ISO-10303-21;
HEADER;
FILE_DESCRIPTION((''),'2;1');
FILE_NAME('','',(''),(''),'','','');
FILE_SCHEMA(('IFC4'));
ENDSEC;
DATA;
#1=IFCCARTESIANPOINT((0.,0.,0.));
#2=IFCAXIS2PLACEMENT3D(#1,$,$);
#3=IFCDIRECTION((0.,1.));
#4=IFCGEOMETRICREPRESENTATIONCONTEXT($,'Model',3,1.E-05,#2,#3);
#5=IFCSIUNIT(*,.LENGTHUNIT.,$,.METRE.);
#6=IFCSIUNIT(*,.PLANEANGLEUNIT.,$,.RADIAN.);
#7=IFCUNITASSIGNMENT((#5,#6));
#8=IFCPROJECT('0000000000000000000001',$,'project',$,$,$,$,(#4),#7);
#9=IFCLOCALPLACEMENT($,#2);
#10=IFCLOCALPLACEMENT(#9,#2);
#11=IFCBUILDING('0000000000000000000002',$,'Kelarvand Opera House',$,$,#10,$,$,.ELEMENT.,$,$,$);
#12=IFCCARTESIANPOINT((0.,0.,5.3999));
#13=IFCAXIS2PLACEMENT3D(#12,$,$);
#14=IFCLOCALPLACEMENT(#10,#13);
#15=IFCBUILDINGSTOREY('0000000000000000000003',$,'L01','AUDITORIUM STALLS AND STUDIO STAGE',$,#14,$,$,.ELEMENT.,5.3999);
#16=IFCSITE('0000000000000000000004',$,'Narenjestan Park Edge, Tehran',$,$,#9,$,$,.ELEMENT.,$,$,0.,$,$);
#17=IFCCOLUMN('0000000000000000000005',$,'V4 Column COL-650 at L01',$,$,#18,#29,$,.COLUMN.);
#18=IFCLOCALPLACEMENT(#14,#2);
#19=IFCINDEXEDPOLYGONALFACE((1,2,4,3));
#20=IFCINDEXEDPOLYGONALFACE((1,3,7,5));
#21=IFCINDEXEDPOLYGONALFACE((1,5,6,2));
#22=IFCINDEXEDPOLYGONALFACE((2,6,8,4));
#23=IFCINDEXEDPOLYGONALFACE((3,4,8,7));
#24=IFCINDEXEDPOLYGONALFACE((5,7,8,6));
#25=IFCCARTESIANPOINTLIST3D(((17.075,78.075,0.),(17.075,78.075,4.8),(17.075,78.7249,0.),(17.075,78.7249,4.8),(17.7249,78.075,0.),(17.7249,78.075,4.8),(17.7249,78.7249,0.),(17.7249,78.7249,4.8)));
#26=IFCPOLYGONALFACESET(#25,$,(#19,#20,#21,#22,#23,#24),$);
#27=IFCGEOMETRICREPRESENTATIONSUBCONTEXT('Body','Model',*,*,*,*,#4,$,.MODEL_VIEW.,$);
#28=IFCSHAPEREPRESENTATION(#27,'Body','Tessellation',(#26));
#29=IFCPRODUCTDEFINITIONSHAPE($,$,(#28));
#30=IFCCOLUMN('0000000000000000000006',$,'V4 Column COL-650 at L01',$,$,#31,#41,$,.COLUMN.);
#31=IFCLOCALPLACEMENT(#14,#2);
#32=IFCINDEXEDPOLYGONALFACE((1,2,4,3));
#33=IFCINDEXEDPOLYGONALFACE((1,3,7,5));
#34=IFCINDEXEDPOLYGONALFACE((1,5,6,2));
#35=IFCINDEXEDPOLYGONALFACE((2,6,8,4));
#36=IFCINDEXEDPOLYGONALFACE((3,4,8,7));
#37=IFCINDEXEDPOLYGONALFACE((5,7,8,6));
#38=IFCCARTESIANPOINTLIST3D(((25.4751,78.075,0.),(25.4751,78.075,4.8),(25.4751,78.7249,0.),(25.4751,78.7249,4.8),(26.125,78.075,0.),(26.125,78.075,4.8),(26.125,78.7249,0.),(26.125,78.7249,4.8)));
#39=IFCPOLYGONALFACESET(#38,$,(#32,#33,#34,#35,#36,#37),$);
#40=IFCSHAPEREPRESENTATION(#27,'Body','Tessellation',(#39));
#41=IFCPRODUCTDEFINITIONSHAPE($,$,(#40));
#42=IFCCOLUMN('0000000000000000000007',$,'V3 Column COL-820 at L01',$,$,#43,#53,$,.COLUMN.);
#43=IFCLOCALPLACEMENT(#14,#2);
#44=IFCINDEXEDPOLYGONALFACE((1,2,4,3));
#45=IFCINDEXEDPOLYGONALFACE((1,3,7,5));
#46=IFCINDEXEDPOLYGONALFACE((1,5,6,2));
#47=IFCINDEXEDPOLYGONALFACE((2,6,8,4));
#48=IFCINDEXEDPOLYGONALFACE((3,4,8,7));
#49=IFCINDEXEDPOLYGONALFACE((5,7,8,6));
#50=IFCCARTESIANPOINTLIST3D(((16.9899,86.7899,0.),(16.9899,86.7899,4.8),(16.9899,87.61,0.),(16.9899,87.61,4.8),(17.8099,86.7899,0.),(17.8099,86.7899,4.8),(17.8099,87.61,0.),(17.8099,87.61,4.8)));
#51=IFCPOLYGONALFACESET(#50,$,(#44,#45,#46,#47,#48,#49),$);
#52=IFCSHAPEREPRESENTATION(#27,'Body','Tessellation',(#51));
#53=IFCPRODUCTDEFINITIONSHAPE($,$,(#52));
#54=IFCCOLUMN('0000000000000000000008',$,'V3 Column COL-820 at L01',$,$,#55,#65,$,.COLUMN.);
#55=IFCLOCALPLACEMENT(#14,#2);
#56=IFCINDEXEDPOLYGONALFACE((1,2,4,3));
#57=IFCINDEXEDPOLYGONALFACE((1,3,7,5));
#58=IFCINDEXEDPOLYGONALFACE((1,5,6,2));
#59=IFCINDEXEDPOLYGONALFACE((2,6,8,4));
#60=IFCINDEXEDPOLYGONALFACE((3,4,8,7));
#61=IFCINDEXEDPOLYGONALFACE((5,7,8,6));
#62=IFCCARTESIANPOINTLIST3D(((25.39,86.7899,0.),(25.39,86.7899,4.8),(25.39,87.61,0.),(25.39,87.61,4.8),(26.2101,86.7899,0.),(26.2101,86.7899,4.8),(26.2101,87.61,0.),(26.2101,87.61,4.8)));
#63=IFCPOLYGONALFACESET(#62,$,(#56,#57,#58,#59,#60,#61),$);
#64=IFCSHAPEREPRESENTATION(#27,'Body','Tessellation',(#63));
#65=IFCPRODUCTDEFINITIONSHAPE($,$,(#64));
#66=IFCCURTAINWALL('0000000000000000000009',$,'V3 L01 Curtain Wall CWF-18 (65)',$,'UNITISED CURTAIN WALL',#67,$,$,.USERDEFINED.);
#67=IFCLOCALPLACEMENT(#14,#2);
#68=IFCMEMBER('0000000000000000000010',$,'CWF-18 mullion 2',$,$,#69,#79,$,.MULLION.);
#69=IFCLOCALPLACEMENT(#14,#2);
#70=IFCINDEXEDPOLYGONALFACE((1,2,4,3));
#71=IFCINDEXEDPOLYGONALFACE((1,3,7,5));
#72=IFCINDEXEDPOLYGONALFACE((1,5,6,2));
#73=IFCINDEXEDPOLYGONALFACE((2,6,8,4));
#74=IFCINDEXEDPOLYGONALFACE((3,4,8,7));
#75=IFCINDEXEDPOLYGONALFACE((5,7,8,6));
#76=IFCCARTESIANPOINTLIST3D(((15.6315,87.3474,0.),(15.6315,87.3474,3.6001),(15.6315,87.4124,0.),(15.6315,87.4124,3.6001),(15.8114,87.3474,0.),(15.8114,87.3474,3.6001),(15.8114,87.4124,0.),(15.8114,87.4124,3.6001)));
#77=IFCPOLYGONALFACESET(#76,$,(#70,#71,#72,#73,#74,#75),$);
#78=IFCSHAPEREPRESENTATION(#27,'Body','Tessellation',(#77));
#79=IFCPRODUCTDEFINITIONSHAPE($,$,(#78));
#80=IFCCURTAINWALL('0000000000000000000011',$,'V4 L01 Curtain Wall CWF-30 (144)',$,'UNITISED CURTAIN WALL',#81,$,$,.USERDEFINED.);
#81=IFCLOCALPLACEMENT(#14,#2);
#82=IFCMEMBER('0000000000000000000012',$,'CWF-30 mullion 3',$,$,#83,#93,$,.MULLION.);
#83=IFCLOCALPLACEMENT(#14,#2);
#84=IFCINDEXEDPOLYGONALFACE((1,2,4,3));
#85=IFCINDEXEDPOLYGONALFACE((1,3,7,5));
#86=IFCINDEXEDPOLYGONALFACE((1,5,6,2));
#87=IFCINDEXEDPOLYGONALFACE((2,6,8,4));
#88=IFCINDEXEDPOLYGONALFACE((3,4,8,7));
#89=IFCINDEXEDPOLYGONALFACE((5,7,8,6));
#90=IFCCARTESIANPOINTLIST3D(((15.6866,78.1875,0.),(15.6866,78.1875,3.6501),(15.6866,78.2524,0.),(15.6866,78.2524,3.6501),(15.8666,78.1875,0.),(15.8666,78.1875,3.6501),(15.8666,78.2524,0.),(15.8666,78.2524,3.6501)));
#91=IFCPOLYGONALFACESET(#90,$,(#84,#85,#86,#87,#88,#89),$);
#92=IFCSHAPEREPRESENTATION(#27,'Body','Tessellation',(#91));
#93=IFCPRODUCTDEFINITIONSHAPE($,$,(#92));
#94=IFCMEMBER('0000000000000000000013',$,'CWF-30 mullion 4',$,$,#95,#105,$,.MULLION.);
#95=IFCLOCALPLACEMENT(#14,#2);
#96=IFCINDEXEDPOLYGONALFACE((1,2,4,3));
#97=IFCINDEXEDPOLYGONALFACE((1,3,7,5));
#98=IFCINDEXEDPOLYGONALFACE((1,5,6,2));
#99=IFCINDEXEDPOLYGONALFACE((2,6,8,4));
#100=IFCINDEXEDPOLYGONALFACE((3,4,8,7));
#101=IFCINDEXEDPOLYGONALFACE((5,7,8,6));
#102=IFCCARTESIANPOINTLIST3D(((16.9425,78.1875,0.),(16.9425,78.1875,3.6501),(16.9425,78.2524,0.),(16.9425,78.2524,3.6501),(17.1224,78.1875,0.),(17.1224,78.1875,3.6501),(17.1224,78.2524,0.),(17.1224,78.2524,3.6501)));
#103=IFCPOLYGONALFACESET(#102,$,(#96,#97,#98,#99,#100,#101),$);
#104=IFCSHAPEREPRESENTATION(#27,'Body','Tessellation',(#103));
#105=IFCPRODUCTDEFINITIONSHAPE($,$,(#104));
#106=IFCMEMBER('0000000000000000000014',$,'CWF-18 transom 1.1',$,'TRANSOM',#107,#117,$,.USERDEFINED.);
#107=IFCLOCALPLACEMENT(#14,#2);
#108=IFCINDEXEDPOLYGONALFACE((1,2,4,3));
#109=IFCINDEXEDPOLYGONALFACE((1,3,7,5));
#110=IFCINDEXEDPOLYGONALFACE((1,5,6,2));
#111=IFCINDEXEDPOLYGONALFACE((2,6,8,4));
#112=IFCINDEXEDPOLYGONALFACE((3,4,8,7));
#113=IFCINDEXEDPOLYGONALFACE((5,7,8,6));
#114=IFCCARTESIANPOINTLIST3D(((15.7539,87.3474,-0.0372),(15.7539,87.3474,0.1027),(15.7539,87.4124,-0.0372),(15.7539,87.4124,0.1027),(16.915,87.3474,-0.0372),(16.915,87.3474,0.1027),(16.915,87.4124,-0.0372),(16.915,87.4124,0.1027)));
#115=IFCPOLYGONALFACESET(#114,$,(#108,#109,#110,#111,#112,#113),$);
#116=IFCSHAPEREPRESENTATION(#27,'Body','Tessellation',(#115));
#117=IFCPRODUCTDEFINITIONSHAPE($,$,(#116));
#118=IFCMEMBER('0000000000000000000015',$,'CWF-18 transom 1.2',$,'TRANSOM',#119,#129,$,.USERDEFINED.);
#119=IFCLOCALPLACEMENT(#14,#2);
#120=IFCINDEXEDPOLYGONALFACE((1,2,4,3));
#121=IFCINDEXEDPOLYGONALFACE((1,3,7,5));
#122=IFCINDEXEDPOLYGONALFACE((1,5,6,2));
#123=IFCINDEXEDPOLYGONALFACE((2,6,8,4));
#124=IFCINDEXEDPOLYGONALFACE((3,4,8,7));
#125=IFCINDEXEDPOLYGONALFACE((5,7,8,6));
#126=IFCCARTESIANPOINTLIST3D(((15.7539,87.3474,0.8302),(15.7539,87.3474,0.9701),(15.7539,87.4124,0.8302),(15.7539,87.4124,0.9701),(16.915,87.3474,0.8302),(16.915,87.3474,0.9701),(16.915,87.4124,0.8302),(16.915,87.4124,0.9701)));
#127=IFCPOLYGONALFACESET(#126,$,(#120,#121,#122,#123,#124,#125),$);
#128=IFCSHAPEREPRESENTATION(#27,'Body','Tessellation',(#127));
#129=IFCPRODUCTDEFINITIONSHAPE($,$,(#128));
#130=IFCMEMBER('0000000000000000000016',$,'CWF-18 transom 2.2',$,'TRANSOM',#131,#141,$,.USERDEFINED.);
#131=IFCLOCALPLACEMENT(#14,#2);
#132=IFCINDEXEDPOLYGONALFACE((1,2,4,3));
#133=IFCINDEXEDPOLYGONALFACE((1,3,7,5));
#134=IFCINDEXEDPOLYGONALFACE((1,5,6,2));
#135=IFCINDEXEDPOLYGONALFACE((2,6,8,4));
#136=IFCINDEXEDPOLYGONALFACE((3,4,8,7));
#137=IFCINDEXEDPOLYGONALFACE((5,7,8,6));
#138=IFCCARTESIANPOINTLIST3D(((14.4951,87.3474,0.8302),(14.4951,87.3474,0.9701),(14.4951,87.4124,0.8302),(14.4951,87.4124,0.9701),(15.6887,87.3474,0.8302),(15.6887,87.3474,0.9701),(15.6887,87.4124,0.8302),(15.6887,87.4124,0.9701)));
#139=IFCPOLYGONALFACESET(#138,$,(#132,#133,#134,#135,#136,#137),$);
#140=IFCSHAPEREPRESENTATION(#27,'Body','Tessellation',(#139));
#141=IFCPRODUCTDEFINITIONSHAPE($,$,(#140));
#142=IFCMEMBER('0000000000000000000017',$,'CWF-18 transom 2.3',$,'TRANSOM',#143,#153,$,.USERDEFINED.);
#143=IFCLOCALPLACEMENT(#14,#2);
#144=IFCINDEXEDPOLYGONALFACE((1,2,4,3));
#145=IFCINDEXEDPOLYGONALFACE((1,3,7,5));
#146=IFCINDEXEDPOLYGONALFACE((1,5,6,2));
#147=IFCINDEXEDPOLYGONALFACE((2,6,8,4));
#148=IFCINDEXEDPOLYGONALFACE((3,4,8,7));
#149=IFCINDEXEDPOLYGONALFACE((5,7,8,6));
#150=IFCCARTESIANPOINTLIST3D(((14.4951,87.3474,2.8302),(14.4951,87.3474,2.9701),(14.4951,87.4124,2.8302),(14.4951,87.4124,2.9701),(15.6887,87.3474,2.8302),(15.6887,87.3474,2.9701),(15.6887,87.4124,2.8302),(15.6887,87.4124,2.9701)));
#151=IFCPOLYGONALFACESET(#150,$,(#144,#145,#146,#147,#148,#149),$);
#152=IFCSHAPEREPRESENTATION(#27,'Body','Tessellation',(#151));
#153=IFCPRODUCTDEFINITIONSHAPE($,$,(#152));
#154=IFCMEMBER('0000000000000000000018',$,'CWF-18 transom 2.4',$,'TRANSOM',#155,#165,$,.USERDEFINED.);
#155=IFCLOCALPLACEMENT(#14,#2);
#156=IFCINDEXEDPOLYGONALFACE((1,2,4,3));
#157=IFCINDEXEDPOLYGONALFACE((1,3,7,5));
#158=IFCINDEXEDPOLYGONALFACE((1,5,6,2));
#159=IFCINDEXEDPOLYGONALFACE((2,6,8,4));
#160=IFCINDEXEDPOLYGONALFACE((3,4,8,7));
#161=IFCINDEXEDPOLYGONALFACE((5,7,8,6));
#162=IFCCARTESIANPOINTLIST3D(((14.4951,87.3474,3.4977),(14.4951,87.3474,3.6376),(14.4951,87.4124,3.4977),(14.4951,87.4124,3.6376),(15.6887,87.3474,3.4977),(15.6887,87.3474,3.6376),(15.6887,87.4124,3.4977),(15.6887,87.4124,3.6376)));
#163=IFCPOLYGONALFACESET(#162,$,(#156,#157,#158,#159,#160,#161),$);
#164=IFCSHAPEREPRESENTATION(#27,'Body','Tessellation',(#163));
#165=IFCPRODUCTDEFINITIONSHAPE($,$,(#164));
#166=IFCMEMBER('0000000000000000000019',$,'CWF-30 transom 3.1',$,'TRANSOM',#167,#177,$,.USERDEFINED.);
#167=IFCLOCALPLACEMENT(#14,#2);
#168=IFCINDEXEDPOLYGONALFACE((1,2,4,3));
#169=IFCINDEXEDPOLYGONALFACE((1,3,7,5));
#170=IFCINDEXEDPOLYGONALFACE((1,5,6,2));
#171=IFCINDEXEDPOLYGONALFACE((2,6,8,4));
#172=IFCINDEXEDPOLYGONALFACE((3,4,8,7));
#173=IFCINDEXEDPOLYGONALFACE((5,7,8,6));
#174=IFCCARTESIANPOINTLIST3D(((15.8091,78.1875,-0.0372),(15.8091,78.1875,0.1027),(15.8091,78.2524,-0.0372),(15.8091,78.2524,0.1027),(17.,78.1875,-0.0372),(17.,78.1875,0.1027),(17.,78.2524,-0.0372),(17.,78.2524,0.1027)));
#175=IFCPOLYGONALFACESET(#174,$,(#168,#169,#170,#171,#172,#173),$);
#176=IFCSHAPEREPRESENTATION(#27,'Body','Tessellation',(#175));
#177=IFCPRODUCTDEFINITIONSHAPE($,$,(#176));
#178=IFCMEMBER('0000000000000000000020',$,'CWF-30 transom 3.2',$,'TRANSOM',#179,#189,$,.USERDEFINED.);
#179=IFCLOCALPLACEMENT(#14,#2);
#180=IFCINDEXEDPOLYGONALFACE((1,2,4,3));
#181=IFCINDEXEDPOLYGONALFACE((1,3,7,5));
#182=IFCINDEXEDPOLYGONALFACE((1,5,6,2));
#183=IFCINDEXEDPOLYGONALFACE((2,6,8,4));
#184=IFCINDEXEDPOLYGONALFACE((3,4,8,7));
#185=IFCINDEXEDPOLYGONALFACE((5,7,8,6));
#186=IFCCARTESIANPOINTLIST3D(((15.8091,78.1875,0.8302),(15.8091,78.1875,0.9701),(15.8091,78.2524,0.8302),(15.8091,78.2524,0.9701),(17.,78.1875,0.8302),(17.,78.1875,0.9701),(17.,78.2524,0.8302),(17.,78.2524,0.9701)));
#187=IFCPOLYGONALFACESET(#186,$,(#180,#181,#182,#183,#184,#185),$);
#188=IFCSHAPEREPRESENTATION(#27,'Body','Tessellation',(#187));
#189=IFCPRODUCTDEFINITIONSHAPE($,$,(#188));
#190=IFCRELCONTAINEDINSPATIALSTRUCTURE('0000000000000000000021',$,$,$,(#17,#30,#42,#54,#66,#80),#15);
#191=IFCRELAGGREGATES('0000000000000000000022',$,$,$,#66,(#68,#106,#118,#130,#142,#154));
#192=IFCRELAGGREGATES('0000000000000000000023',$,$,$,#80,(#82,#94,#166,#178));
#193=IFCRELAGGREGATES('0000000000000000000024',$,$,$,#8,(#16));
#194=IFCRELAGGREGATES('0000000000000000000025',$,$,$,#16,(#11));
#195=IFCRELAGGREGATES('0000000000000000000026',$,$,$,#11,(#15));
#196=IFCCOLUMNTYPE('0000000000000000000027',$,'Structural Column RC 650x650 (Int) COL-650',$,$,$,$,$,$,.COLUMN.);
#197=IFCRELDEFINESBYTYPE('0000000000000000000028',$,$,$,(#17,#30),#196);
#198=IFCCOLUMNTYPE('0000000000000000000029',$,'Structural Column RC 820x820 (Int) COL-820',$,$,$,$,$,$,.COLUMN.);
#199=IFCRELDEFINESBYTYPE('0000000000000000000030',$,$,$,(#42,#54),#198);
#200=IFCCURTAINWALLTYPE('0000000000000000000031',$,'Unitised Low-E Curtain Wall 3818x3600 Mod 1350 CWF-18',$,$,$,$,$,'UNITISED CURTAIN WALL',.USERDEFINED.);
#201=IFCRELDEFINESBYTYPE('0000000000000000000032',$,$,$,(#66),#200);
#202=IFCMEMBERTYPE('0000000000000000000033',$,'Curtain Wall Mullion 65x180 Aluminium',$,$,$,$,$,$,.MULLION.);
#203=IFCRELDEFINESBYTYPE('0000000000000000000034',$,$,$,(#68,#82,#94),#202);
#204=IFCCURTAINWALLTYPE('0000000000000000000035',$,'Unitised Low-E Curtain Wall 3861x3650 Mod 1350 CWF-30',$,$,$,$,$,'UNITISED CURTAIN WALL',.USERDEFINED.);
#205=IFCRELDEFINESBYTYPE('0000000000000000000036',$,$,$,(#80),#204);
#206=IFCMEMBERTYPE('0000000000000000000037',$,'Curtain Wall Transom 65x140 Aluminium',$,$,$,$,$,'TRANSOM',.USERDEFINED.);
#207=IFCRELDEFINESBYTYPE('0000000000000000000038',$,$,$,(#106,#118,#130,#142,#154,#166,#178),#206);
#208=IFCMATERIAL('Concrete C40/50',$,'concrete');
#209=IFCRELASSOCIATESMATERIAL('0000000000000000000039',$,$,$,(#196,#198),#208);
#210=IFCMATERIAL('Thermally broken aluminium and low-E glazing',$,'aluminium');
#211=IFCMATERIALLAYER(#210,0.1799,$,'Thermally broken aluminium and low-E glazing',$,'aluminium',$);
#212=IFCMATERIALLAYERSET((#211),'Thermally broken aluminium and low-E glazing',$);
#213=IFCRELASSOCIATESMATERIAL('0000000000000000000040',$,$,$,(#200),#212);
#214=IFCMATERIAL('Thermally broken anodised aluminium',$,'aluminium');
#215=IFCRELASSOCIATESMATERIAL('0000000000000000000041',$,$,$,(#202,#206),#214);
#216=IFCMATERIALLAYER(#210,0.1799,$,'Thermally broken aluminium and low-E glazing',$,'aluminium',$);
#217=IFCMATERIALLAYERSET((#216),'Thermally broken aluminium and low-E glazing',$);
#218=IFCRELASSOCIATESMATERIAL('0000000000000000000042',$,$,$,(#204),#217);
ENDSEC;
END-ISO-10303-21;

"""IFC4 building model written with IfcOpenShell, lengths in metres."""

from ifc_helpers import new_model, si_unit, direction, frame, origin, origin_2d, place, context, subcontext, project, spatial, rectangle, extrude, material, layer, layer_set, material_profile, profile_set, type_object, element, aggregate, save


model = new_model("IFC4")

# Units and contexts
model_context = context("Model", 3, precision=1e-05, world=origin(), true_north=direction((0.0, 1.0)))
body_context = subcontext(model_context, "Body", "Model", "MODEL_VIEW")
ifc_project = project(units=[si_unit("LENGTHUNIT", "METRE"), si_unit("PLANEANGLEUNIT", "RADIAN")], contexts=[model_context])

# Site, building, storey
site_placement = place(None, origin())
site = spatial("IfcSite", under=ifc_project, at=site_placement, Name="Narenjestan Park Edge, Tehran", CompositionType="ELEMENT", RefElevation=0.0)
building_placement = place(site_placement, origin())
building = spatial("IfcBuilding", under=site, at=building_placement, Name="Kelarvand Opera House", CompositionType="ELEMENT")
storey_placement = place(building_placement, frame((0.0, 0.0, 5.3999)))
storey = spatial("IfcBuildingStorey", under=building, at=storey_placement, Name="L01", Description="AUDITORIUM STALLS AND STUDIO STAGE", CompositionType="ELEMENT", Elevation=5.3999)

# Columns
ifc_material_1 = material(Name="Concrete C40/50", Category="concrete")
ifc_material_profile_1 = material_profile(ifc_material_1, rectangle(XDim=0.6499, YDim=0.6499, at=origin_2d()), Name="RC 650x650", Category="concrete")
ifc_profile_set_1 = profile_set([ifc_material_profile_1], Name="Concrete C40/50")
column_type_1 = type_object("IfcColumnType", Name="Structural Column RC 650x650 (Int) COL-650", PredefinedType="COLUMN", material=ifc_profile_set_1)
for number, where, z_axis, x_axis, name in (
    (1, (17.3999, 78.3999, 0.0), (0.0, 0.0, 1.0), (1.0, 0.0, 0.0), "V4 Column COL-650 at L01"),
    (2, (25.8, 78.3999, 0.0), (0.0, 0.0, 1.0), (1.0, 0.0, 0.0), "V4 Column COL-650 at L01"),
):
    element("IfcColumn", number, at=place(storey_placement, frame(where, z_axis=z_axis, x_axis=x_axis)), inside=storey, type_object=column_type_1, Name=name, PredefinedType="COLUMN", context=body_context, shape_type="SweptSolid", body=[
        extrude(rectangle(XDim=0.6499, YDim=0.6499, at=origin_2d()), origin(), (0.0, 0.0, 1.0), 4.8),
    ])
ifc_material_profile_2 = material_profile(ifc_material_1, rectangle(XDim=0.8201, YDim=0.8201, at=origin_2d()), Name="RC 820x820", Category="concrete")
ifc_profile_set_2 = profile_set([ifc_material_profile_2], Name="Concrete C40/50")
column_type_2 = type_object("IfcColumnType", Name="Structural Column RC 820x820 (Int) COL-820", PredefinedType="COLUMN", material=ifc_profile_set_2)
for number, where, z_axis, x_axis, name in (
    (3, (17.3999, 87.2, 0.0), (0.0, 0.0, 1.0), (1.0, 0.0, 0.0), "V3 Column COL-820 at L01"),
    (4, (25.8, 87.2, 0.0), (0.0, 0.0, 1.0), (1.0, 0.0, 0.0), "V3 Column COL-820 at L01"),
):
    element("IfcColumn", number, at=place(storey_placement, frame(where, z_axis=z_axis, x_axis=x_axis)), inside=storey, type_object=column_type_2, Name=name, PredefinedType="COLUMN", context=body_context, shape_type="SweptSolid", body=[
        extrude(rectangle(XDim=0.8201, YDim=0.8201, at=origin_2d()), origin(), (0.0, 0.0, 1.0), 4.8),
    ])

# Curtain wall, member
ifc_material_2 = material(Name="Thermally broken aluminium and low-E glazing", Category="aluminium")
ifc_layer_1 = layer(ifc_material_2, 0.1799, Name="Thermally broken aluminium and low-E glazing", Category="aluminium")
ifc_layer_set_1 = layer_set([ifc_layer_1], Name="Thermally broken aluminium and low-E glazing")
curtain_wall_type_1 = type_object("IfcCurtainWallType", Name="Unitised Low-E Curtain Wall 3818x3600 Mod 1350 CWF-18", ElementType="UNITISED CURTAIN WALL", PredefinedType="USERDEFINED", material=ifc_layer_set_1)
curtain_wall_1_placement = place(storey_placement, origin())
curtain_wall_1 = element("IfcCurtainWall", 5, at=curtain_wall_1_placement, inside=storey, type_object=curtain_wall_type_1, Name="V3 L01 Curtain Wall CWF-18 (65)", ObjectType="UNITISED CURTAIN WALL", PredefinedType="USERDEFINED")
ifc_material_3 = material(Name="Thermally broken anodised aluminium", Category="aluminium")
ifc_material_profile_3 = material_profile(ifc_material_3, rectangle(XDim=0.0649, YDim=0.1799, at=origin_2d()), Name="ALU MULLION 65x180", Category="aluminium")
ifc_profile_set_3 = profile_set([ifc_material_profile_3], Name="Thermally broken anodised aluminium")
member_type_1 = type_object("IfcMemberType", Name="Curtain Wall Mullion 65x180 Aluminium", PredefinedType="MULLION", material=ifc_profile_set_3)
member_1_placement = place(storey_placement, frame((15.7214, 87.3799, 0.0), z_axis=(0.0, 0.0, 1.0), x_axis=(0.0, -1.0, 0.0)))
member_1 = element("IfcMember", 6, at=member_1_placement, type_object=member_type_1, Name="CWF-18 mullion 2", PredefinedType="MULLION", context=body_context, shape_type="SweptSolid", body=[
    extrude(rectangle(XDim=0.0649, YDim=0.1799, at=origin_2d()), origin(), (0.0, 0.0, 1.0), 3.6001),
])

# Curtain wall, members
ifc_layer_2 = layer(ifc_material_2, 0.1799, Name="Thermally broken aluminium and low-E glazing", Category="aluminium")
ifc_layer_set_2 = layer_set([ifc_layer_2], Name="Thermally broken aluminium and low-E glazing")
curtain_wall_type_2 = type_object("IfcCurtainWallType", Name="Unitised Low-E Curtain Wall 3861x3650 Mod 1350 CWF-30", ElementType="UNITISED CURTAIN WALL", PredefinedType="USERDEFINED", material=ifc_layer_set_2)
curtain_wall_2_placement = place(storey_placement, origin())
curtain_wall_2 = element("IfcCurtainWall", 7, at=curtain_wall_2_placement, inside=storey, type_object=curtain_wall_type_2, Name="V4 L01 Curtain Wall CWF-30 (144)", ObjectType="UNITISED CURTAIN WALL", PredefinedType="USERDEFINED")
member_2_placement = place(storey_placement, frame((15.7766, 78.22, 0.0), z_axis=(0.0, 0.0, 1.0), x_axis=(0.0, 1.0, 0.0)))
member_2 = element("IfcMember", 8, at=member_2_placement, type_object=member_type_1, Name="CWF-30 mullion 3", PredefinedType="MULLION", context=body_context, shape_type="SweptSolid", body=[
    extrude(rectangle(XDim=0.0649, YDim=0.1799, at=origin_2d()), origin(), (0.0, 0.0, 1.0), 3.6501),
])
member_3_placement = place(storey_placement, frame((17.0325, 78.22, 0.0), z_axis=(0.0, 0.0, 1.0), x_axis=(0.0, 1.0, 0.0)))
member_3 = element("IfcMember", 9, at=member_3_placement, type_object=member_type_1, Name="CWF-30 mullion 4", PredefinedType="MULLION", context=body_context, shape_type="SweptSolid", body=[
    extrude(rectangle(XDim=0.0649, YDim=0.1799, at=origin_2d()), origin(), (0.0, 0.0, 1.0), 3.6501),
])

# Members
ifc_material_profile_4 = material_profile(ifc_material_3, rectangle(XDim=0.0649, YDim=0.1399, at=origin_2d()), Name="ALU TRANSOM 65x140", Category="aluminium")
ifc_profile_set_4 = profile_set([ifc_material_profile_4], Name="Thermally broken anodised aluminium")
member_type_2 = type_object("IfcMemberType", Name="Curtain Wall Transom 65x140 Aluminium", ElementType="TRANSOM", PredefinedType="USERDEFINED", material=ifc_profile_set_4)
member_4_placement = place(storey_placement, frame((16.915, 87.3799, 0.0327), z_axis=(-1.0, 0.0, 0.0), x_axis=(0.0, -1.0, 0.0)))
member_4 = element("IfcMember", 10, at=member_4_placement, type_object=member_type_2, Name="CWF-18 transom 1.1", ObjectType="TRANSOM", PredefinedType="USERDEFINED", context=body_context, shape_type="SweptSolid", body=[
    extrude(rectangle(XDim=0.0649, YDim=0.1399, at=origin_2d()), origin(), (0.0, 0.0, 1.0), 1.1611),
])
member_5_placement = place(storey_placement, frame((16.915, 87.3799, 0.9001), z_axis=(-1.0, 0.0, 0.0), x_axis=(0.0, -1.0, 0.0)))
member_5 = element("IfcMember", 11, at=member_5_placement, type_object=member_type_2, Name="CWF-18 transom 1.2", ObjectType="TRANSOM", PredefinedType="USERDEFINED", context=body_context, shape_type="SweptSolid", body=[
    extrude(rectangle(XDim=0.0649, YDim=0.1399, at=origin_2d()), origin(), (0.0, 0.0, 1.0), 1.1611),
])
member_6_placement = place(storey_placement, frame((15.6887, 87.3799, 0.9001), z_axis=(-1.0, 0.0, 0.0), x_axis=(0.0, -1.0, 0.0)))
member_6 = element("IfcMember", 12, at=member_6_placement, type_object=member_type_2, Name="CWF-18 transom 2.2", ObjectType="TRANSOM", PredefinedType="USERDEFINED", context=body_context, shape_type="SweptSolid", body=[
    extrude(rectangle(XDim=0.0649, YDim=0.1399, at=origin_2d()), origin(), (0.0, 0.0, 1.0), 1.1936),
])
member_7_placement = place(storey_placement, frame((15.6887, 87.3799, 2.9001), z_axis=(-1.0, 0.0, 0.0), x_axis=(0.0, -1.0, 0.0)))
member_7 = element("IfcMember", 13, at=member_7_placement, type_object=member_type_2, Name="CWF-18 transom 2.3", ObjectType="TRANSOM", PredefinedType="USERDEFINED", context=body_context, shape_type="SweptSolid", body=[
    extrude(rectangle(XDim=0.0649, YDim=0.1399, at=origin_2d()), origin(), (0.0, 0.0, 1.0), 1.1936),
])
member_8_placement = place(storey_placement, frame((15.6887, 87.3799, 3.5676), z_axis=(-1.0, 0.0, 0.0), x_axis=(0.0, -1.0, 0.0)))
member_8 = element("IfcMember", 14, at=member_8_placement, type_object=member_type_2, Name="CWF-18 transom 2.4", ObjectType="TRANSOM", PredefinedType="USERDEFINED", context=body_context, shape_type="SweptSolid", body=[
    extrude(rectangle(XDim=0.0649, YDim=0.1399, at=origin_2d()), origin(), (0.0, 0.0, 1.0), 1.1936),
])
member_9_placement = place(storey_placement, frame((15.8091, 78.22, 0.0327), z_axis=(1.0, 0.0, 0.0), x_axis=(0.0, 1.0, 0.0)))
member_9 = element("IfcMember", 15, at=member_9_placement, type_object=member_type_2, Name="CWF-30 transom 3.1", ObjectType="TRANSOM", PredefinedType="USERDEFINED", context=body_context, shape_type="SweptSolid", body=[
    extrude(rectangle(XDim=0.0649, YDim=0.1399, at=origin_2d()), origin(), (0.0, 0.0, 1.0), 1.1909),
])
member_10_placement = place(storey_placement, frame((15.8091, 78.22, 0.9001), z_axis=(1.0, 0.0, 0.0), x_axis=(0.0, 1.0, 0.0)))
member_10 = element("IfcMember", 16, at=member_10_placement, type_object=member_type_2, Name="CWF-30 transom 3.2", ObjectType="TRANSOM", PredefinedType="USERDEFINED", context=body_context, shape_type="SweptSolid", body=[
    extrude(rectangle(XDim=0.0649, YDim=0.1399, at=origin_2d()), origin(), (0.0, 0.0, 1.0), 1.1909),
])

aggregate(curtain_wall_1, [member_1, member_4, member_5, member_6, member_7, member_8])
aggregate(curtain_wall_2, [member_2, member_3, member_9, member_10])

save(model, "model.ifc")
